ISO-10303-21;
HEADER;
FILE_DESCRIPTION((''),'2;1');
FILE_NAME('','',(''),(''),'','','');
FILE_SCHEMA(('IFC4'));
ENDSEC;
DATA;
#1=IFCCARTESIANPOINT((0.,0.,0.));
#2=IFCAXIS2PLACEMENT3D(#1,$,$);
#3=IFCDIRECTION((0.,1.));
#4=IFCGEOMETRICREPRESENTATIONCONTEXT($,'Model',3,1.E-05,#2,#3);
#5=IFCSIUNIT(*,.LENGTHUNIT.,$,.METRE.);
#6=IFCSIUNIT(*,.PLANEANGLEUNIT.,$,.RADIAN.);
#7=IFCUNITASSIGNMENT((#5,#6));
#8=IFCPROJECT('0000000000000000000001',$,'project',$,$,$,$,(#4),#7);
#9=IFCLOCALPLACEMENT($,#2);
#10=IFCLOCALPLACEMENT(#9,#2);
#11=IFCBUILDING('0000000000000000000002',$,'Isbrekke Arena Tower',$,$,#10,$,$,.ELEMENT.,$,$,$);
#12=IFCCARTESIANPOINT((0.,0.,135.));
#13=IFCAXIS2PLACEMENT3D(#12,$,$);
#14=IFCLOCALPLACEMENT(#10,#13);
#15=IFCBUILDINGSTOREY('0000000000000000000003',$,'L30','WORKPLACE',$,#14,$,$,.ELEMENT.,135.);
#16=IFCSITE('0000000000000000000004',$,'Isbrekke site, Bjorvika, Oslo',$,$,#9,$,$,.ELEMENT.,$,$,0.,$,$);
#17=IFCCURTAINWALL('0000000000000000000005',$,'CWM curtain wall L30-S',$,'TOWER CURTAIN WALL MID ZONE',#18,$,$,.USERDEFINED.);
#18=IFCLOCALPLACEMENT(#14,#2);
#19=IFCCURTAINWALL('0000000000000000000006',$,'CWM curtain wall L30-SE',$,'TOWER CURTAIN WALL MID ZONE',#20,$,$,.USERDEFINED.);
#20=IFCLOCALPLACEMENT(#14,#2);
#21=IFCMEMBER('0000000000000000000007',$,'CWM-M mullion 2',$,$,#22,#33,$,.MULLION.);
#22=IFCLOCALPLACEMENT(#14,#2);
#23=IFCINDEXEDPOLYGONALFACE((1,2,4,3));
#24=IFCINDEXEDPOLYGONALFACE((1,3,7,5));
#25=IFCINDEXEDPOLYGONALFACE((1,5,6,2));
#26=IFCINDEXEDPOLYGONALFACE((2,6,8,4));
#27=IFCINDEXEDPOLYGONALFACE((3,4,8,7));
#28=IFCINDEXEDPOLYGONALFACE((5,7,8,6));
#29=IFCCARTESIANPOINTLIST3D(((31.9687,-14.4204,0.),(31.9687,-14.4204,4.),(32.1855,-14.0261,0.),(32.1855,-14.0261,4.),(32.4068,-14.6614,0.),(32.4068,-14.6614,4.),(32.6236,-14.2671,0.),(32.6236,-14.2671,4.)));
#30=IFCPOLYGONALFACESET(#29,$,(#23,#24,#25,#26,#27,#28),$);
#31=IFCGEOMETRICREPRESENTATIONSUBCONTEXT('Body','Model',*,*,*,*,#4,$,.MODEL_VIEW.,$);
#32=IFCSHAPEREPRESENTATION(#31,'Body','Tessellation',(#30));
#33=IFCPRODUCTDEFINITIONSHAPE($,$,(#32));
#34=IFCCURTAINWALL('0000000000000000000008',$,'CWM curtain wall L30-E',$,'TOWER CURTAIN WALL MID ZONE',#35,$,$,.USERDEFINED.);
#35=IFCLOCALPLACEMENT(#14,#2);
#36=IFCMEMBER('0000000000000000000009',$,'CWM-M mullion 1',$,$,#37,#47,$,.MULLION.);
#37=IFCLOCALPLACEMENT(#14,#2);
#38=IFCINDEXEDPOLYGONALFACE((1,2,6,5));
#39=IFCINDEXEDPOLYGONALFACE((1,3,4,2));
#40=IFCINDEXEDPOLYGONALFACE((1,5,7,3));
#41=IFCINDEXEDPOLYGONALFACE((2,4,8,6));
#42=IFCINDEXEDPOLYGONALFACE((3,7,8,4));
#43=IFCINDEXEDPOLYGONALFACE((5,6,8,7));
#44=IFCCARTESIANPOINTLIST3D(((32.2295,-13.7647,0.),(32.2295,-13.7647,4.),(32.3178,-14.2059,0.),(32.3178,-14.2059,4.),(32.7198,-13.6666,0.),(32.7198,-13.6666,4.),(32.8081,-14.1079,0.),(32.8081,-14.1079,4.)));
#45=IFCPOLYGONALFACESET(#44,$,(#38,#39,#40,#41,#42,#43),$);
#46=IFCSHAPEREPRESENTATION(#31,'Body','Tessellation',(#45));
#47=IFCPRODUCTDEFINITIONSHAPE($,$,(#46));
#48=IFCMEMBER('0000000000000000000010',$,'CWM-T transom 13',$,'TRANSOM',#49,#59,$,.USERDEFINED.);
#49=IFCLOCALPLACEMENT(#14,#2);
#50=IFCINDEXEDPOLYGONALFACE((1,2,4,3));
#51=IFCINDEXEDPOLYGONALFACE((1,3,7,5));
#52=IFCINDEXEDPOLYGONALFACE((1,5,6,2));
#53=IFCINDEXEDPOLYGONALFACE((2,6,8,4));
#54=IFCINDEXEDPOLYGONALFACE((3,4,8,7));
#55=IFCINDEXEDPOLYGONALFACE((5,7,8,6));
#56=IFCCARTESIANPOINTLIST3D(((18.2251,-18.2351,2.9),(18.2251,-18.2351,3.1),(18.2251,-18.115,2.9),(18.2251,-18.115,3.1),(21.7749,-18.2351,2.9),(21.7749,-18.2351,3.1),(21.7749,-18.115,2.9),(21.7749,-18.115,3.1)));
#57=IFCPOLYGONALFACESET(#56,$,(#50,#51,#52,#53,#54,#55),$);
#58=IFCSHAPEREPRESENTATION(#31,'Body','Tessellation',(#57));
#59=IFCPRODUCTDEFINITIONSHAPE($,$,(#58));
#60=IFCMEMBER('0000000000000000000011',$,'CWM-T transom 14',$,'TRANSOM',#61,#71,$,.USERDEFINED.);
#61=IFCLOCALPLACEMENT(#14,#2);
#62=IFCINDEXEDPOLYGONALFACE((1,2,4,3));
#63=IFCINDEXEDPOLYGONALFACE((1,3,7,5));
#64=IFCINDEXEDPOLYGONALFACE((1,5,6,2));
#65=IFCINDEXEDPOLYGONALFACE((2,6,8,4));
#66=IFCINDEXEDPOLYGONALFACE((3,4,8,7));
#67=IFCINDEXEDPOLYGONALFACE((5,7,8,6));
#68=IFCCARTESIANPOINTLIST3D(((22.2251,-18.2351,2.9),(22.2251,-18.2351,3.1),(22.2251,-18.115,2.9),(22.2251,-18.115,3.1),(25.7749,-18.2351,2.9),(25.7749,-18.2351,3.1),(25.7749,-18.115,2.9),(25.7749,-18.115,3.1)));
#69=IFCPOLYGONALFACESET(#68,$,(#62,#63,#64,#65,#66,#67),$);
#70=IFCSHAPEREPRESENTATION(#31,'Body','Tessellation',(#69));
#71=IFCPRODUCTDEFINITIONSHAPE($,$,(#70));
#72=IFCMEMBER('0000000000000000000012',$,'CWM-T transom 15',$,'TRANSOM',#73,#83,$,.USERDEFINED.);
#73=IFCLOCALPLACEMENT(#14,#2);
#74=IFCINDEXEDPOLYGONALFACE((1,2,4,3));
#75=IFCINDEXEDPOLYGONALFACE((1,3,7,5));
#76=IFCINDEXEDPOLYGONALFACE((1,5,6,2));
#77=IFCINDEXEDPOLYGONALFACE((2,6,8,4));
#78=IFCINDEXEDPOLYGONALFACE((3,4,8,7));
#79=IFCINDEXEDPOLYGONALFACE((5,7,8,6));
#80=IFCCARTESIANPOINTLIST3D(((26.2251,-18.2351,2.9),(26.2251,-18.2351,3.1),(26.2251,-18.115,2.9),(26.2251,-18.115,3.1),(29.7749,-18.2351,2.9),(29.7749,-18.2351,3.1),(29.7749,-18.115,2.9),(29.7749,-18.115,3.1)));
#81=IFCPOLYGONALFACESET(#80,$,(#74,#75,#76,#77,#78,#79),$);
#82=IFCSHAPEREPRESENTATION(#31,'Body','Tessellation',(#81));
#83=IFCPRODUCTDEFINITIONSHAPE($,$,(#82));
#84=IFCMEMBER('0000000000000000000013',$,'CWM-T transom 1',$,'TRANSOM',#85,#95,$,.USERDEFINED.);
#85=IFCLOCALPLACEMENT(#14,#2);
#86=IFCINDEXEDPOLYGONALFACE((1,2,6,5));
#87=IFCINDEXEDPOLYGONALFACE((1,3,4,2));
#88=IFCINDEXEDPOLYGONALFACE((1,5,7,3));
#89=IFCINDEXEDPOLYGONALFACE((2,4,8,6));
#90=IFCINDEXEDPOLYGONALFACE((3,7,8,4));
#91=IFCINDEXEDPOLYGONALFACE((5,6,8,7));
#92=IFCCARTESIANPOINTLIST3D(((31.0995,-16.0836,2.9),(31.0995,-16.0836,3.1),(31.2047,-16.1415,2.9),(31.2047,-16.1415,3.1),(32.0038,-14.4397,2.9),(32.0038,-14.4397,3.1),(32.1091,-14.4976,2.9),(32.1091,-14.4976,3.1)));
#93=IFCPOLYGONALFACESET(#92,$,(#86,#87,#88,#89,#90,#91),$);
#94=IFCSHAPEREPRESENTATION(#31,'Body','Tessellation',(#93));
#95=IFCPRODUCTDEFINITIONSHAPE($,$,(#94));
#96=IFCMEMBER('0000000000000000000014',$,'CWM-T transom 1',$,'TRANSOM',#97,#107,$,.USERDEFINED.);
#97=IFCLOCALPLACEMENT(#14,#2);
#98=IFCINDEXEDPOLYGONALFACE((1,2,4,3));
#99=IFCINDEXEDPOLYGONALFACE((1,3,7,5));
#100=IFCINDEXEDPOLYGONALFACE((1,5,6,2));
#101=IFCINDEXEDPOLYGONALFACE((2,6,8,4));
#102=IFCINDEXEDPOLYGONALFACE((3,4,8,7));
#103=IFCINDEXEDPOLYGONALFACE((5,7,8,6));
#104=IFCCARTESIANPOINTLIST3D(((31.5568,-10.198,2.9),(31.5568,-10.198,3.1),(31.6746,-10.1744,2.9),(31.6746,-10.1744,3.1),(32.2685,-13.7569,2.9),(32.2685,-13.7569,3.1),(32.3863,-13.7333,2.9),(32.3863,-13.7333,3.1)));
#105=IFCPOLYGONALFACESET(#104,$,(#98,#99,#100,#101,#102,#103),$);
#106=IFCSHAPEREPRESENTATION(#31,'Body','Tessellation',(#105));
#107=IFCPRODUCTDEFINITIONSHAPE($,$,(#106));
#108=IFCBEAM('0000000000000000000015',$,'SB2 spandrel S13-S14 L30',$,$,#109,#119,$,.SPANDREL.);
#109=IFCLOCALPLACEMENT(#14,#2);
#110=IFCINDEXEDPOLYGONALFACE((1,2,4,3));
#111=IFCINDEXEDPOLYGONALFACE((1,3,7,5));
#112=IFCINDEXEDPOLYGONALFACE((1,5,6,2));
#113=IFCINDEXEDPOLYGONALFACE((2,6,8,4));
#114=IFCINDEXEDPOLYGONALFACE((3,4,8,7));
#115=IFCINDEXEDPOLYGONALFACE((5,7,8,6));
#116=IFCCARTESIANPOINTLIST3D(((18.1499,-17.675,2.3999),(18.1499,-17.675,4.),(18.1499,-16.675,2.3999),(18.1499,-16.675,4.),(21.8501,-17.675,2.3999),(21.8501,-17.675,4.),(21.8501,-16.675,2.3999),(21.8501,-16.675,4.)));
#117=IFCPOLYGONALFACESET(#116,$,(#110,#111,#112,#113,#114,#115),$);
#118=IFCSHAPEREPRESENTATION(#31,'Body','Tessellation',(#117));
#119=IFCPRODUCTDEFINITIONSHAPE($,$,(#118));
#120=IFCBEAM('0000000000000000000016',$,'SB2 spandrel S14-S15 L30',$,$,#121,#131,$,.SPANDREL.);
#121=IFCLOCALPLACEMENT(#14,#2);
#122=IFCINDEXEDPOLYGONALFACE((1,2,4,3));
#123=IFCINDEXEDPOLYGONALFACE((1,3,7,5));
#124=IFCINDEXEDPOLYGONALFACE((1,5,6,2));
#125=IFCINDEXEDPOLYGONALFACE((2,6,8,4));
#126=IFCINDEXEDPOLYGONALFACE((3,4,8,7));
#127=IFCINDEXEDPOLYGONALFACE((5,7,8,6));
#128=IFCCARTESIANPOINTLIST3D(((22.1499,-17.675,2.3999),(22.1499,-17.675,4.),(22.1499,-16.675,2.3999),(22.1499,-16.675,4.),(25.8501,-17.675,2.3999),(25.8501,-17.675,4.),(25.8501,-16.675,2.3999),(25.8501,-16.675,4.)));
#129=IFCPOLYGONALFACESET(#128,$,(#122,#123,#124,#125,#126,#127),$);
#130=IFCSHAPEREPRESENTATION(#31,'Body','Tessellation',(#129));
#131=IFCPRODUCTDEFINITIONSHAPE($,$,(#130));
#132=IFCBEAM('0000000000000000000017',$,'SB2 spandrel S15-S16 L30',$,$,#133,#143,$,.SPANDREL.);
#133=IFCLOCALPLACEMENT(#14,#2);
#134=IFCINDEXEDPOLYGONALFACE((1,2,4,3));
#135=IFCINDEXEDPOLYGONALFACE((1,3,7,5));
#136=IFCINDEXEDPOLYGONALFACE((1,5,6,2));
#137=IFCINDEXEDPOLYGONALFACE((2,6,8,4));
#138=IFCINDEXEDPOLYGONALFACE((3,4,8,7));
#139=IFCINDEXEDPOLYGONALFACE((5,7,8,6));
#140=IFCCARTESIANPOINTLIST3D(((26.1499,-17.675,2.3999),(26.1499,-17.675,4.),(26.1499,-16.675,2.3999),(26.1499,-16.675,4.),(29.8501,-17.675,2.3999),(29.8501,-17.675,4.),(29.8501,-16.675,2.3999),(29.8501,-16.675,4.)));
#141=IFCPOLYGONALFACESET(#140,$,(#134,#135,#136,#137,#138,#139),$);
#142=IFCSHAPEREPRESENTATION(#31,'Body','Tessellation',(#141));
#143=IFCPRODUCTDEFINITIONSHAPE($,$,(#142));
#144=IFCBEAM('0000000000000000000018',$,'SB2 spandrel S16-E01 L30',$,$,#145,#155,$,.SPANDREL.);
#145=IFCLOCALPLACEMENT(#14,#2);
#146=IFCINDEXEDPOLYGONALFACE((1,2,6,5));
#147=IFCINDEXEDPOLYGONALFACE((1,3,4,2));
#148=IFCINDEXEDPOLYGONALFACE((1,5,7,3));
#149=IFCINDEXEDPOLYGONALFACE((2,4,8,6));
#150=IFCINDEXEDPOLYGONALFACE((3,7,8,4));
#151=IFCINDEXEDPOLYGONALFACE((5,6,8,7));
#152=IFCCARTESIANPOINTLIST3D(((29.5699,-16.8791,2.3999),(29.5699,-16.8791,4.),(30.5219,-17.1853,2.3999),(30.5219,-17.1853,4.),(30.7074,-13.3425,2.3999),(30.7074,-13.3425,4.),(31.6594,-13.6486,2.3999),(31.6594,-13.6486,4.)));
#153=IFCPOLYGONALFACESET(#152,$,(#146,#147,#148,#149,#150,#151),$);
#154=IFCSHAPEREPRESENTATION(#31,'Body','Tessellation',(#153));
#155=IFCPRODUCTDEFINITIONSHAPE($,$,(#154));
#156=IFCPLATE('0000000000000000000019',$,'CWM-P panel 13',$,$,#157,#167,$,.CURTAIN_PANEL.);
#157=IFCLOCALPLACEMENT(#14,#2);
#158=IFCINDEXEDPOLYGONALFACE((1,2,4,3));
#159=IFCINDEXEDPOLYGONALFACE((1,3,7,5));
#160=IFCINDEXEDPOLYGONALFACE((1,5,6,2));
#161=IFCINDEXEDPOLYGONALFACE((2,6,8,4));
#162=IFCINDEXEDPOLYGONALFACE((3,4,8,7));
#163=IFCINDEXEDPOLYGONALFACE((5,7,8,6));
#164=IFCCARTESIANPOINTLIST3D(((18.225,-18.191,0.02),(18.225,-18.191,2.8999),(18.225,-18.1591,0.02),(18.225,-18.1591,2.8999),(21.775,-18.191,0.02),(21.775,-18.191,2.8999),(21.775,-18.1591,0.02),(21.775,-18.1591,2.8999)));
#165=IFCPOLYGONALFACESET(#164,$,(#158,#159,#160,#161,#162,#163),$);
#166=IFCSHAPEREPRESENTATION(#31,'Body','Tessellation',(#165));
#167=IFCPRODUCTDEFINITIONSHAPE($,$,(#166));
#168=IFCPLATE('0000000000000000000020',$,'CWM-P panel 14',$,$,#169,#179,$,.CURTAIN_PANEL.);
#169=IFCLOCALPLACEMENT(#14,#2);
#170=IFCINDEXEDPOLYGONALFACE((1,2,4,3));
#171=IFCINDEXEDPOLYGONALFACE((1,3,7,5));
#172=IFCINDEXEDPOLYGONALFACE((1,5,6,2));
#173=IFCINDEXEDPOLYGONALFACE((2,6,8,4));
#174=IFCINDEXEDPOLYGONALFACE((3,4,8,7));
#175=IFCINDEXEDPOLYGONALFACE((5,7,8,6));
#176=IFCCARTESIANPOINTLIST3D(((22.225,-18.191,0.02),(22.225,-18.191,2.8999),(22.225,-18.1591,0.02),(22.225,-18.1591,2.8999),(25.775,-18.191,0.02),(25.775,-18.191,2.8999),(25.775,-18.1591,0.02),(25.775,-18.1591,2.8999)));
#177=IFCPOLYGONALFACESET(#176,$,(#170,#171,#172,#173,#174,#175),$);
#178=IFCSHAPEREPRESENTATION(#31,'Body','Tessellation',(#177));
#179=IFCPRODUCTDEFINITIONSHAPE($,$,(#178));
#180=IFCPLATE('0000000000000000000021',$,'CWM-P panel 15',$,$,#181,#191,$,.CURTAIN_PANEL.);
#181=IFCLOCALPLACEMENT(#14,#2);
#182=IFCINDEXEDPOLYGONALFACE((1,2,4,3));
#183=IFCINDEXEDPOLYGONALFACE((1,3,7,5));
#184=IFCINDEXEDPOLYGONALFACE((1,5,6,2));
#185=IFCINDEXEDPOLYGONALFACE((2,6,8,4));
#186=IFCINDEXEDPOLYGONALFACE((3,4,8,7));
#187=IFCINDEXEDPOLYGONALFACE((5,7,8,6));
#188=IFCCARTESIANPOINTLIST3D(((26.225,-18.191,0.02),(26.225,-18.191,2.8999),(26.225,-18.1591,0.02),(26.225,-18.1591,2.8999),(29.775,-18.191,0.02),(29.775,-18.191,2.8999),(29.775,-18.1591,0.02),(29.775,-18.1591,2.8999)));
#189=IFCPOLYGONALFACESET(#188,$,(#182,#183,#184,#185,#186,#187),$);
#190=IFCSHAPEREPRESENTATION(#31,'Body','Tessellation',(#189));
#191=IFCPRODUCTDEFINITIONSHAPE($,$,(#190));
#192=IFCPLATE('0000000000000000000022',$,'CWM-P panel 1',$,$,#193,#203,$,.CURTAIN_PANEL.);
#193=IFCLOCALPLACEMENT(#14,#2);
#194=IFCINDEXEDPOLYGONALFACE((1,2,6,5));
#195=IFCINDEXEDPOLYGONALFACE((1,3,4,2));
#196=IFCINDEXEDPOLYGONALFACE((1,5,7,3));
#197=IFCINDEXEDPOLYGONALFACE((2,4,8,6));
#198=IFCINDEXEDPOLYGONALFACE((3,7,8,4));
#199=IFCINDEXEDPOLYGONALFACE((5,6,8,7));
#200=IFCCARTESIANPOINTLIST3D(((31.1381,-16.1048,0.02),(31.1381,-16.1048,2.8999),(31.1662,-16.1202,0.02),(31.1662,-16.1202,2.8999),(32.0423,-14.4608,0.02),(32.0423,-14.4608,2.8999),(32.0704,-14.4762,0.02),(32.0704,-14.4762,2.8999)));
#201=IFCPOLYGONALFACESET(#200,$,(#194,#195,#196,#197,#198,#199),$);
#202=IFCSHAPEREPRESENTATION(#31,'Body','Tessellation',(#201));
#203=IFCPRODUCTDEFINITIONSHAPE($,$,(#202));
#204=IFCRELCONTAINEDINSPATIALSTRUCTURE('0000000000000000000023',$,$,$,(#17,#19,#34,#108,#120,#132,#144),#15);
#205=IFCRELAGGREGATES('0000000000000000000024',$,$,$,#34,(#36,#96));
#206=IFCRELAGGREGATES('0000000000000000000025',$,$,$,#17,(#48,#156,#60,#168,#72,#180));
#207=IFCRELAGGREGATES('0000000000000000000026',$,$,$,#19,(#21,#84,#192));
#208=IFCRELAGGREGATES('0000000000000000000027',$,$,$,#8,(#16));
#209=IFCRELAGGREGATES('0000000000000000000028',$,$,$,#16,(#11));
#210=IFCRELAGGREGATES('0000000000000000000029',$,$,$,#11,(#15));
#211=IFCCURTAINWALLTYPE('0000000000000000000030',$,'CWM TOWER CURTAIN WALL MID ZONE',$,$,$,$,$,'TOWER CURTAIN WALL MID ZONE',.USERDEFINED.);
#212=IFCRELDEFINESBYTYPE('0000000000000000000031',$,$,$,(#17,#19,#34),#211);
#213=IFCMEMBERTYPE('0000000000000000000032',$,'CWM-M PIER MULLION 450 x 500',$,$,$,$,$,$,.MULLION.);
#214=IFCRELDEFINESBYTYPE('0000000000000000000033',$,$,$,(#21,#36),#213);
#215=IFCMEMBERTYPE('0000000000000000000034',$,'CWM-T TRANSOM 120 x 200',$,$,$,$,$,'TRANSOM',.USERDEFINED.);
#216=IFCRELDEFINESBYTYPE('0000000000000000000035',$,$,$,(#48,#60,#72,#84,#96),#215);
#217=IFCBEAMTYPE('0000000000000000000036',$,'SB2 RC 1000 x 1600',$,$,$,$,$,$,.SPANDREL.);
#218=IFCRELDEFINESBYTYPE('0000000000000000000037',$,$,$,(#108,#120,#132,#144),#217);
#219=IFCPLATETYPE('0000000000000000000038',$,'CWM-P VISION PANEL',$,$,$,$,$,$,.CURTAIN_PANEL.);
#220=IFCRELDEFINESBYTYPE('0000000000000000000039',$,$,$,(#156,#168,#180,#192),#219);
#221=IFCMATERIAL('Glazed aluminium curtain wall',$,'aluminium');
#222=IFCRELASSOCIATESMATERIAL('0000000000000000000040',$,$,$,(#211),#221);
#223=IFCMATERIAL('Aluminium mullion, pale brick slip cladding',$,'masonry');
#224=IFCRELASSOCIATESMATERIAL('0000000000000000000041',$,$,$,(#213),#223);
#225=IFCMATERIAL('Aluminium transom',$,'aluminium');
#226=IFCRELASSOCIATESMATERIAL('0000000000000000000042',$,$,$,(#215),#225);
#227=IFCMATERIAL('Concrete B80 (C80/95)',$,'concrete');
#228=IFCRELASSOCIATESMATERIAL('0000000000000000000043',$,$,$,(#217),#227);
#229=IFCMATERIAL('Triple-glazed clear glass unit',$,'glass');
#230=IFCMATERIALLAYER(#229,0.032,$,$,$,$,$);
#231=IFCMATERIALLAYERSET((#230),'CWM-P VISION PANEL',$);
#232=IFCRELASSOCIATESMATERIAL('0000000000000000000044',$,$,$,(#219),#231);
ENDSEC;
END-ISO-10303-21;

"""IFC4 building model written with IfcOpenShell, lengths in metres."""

from ifc_helpers import new_model, si_unit, direction, frame, origin, origin_2d, place, context, subcontext, project, spatial, rectangle, extrude, material, layer, layer_set, material_profile, profile_set, type_object, element, aggregate, save


model = new_model("IFC4")

# Units and contexts
model_context = context("Model", 3, precision=1e-05, world=origin(), true_north=direction((0.0, 1.0)))
body_context = subcontext(model_context, "Body", "Model", "MODEL_VIEW")
ifc_project = project(units=[si_unit("LENGTHUNIT", "METRE"), si_unit("PLANEANGLEUNIT", "RADIAN")], contexts=[model_context])

# Site, building, storey
site_placement = place(None, origin())
site = spatial("IfcSite", under=ifc_project, at=site_placement, Name="Isbrekke site, Bjorvika, Oslo", CompositionType="ELEMENT", RefElevation=0.0)
building_placement = place(site_placement, origin())
building = spatial("IfcBuilding", under=site, at=building_placement, Name="Isbrekke Arena Tower", CompositionType="ELEMENT")
storey_placement = place(building_placement, frame((0.0, 0.0, 135.0)))
storey = spatial("IfcBuildingStorey", under=building, at=storey_placement, Name="L30", Description="WORKPLACE", CompositionType="ELEMENT", Elevation=135.0)

# Curtain walls, member
ifc_material_1 = material(Name="Glazed aluminium curtain wall", Category="aluminium")
curtain_wall_type = type_object("IfcCurtainWallType", Name="CWM TOWER CURTAIN WALL MID ZONE", ElementType="TOWER CURTAIN WALL MID ZONE", PredefinedType="USERDEFINED", material=ifc_material_1)
curtain_wall_1_placement = place(storey_placement, origin())
curtain_wall_1 = element("IfcCurtainWall", 1, at=curtain_wall_1_placement, inside=storey, type_object=curtain_wall_type, Name="CWM curtain wall L30-S", ObjectType="TOWER CURTAIN WALL MID ZONE", PredefinedType="USERDEFINED")
ifc_material_2 = material(Name="Aluminium mullion, pale brick slip cladding", Category="masonry")
ifc_material_profile_1 = material_profile(ifc_material_2, rectangle(XDim=0.45, YDim=0.5, at=origin_2d()), Name="PIER 450X500")
ifc_profile_set_1 = profile_set([ifc_material_profile_1], Name="Aluminium mullion, pale brick slip cladding")
member_type_1 = type_object("IfcMemberType", Name="CWM-M PIER MULLION 450 x 500", PredefinedType="MULLION", material=ifc_profile_set_1)
curtain_wall_2_placement = place(storey_placement, origin())
curtain_wall_2 = element("IfcCurtainWall", 2, at=curtain_wall_2_placement, inside=storey, type_object=curtain_wall_type, Name="CWM curtain wall L30-SE", ObjectType="TOWER CURTAIN WALL MID ZONE", PredefinedType="USERDEFINED")
member_1_placement = place(storey_placement, frame((32.2961, -14.3438, 0.0), z_axis=(0.0, 0.0, 1.0), x_axis=(0.481919, 0.876216, 0.0)))
member_1 = element("IfcMember", 3, at=member_1_placement, type_object=member_type_1, Name="CWM-M mullion 2", PredefinedType="MULLION", context=body_context, shape_type="SweptSolid", body=[
    extrude(rectangle(XDim=0.45, YDim=0.5, at=origin_2d()), origin(), (0.0, 0.0, 1.0), 4.0),
])

# Curtain wall, member
curtain_wall_3_placement = place(storey_placement, origin())
curtain_wall_3 = element("IfcCurtainWall", 4, at=curtain_wall_3_placement, inside=storey, type_object=curtain_wall_type, Name="CWM curtain wall L30-E", ObjectType="TOWER CURTAIN WALL MID ZONE", PredefinedType="USERDEFINED")
member_2_placement = place(storey_placement, frame((32.5188, -13.9363, 0.0), z_axis=(0.0, 0.0, 1.0), x_axis=(-0.196116, 0.980581, 0.0)))
member_2 = element("IfcMember", 5, at=member_2_placement, type_object=member_type_1, Name="CWM-M mullion 1", PredefinedType="MULLION", context=body_context, shape_type="SweptSolid", body=[
    extrude(rectangle(XDim=0.45, YDim=0.5, at=origin_2d()), origin(), (0.0, 0.0, 1.0), 4.0),
])

# Members
ifc_material_3 = material(Name="Aluminium transom", Category="aluminium")
ifc_material_profile_2 = material_profile(ifc_material_3, rectangle(XDim=0.1201, YDim=0.2, at=origin_2d()), Name="TRANSOM 120X200")
ifc_profile_set_2 = profile_set([ifc_material_profile_2], Name="Aluminium transom")
member_type_2 = type_object("IfcMemberType", Name="CWM-T TRANSOM 120 x 200", ElementType="TRANSOM", PredefinedType="USERDEFINED", material=ifc_profile_set_2)
member_3_placement = place(storey_placement, frame((18.2251, -18.175, 3.0), z_axis=(1.0, 0.0, 0.0), x_axis=(0.0, 1.0, 0.0)))
member_3 = element("IfcMember", 6, at=member_3_placement, type_object=member_type_2, Name="CWM-T transom 13", ObjectType="TRANSOM", PredefinedType="USERDEFINED", context=body_context, shape_type="SweptSolid", body=[
    extrude(rectangle(XDim=0.1201, YDim=0.2, at=origin_2d()), origin(), (0.0, 0.0, 1.0), 3.5498),
])
member_4_placement = place(storey_placement, frame((22.2251, -18.175, 3.0), z_axis=(1.0, 0.0, 0.0), x_axis=(0.0, 1.0, 0.0)))
member_4 = element("IfcMember", 7, at=member_4_placement, type_object=member_type_2, Name="CWM-T transom 14", ObjectType="TRANSOM", PredefinedType="USERDEFINED", context=body_context, shape_type="SweptSolid", body=[
    extrude(rectangle(XDim=0.1201, YDim=0.2, at=origin_2d()), origin(), (0.0, 0.0, 1.0), 3.5498),
])
member_5_placement = place(storey_placement, frame((26.2251, -18.175, 3.0), z_axis=(1.0, 0.0, 0.0), x_axis=(0.0, 1.0, 0.0)))
member_5 = element("IfcMember", 8, at=member_5_placement, type_object=member_type_2, Name="CWM-T transom 15", ObjectType="TRANSOM", PredefinedType="USERDEFINED", context=body_context, shape_type="SweptSolid", body=[
    extrude(rectangle(XDim=0.1201, YDim=0.2, at=origin_2d()), origin(), (0.0, 0.0, 1.0), 3.5498),
])
member_6_placement = place(storey_placement, frame((31.1521, -16.1125, 3.0), z_axis=(0.482004, 0.876169, 0.0), x_axis=(-0.876169, 0.482004, 0.0)))
member_6 = element("IfcMember", 9, at=member_6_placement, type_object=member_type_2, Name="CWM-T transom 1", ObjectType="TRANSOM", PredefinedType="USERDEFINED", context=body_context, shape_type="SweptSolid", body=[
    extrude(rectangle(XDim=0.1201, YDim=0.2, at=origin_2d()), origin(), (0.0, 0.0, 1.0), 1.8762),
])
member_7_placement = place(storey_placement, frame((32.3274, -13.7451, 3.0), z_axis=(-0.19609, 0.980586, 0.0), x_axis=(-0.980586, -0.19609, 0.0)))
member_7 = element("IfcMember", 10, at=member_7_placement, type_object=member_type_2, Name="CWM-T transom 1", ObjectType="TRANSOM", PredefinedType="USERDEFINED", context=body_context, shape_type="SweptSolid", body=[
    extrude(rectangle(XDim=0.1201, YDim=0.2, at=origin_2d()), origin(), (0.0, 0.0, 1.0), 3.6294),
])
aggregate(curtain_wall_3, [member_2, member_7])

# Beams
ifc_material_4 = material(Name="Concrete B80 (C80/95)", Category="concrete")
ifc_material_profile_3 = material_profile(ifc_material_4, rectangle(XDim=1.0, YDim=1.6001, at=origin_2d()), Name="RC 1000x1600")
ifc_profile_set_3 = profile_set([ifc_material_profile_3], Name="Concrete B80 (C80/95)")
beam_type_1 = type_object("IfcBeamType", Name="SB2 RC 1000 x 1600", PredefinedType="SPANDREL", material=ifc_profile_set_3)
for number, where, z_axis, x_axis, name in (
    (11, (18.1499, -17.175, 3.2), (1.0, 0.0, 0.0), (0.0, 1.0, 0.0), "SB2 spandrel S13-S14 L30"),
    (12, (22.1499, -17.175, 3.2), (1.0, 0.0, 0.0), (0.0, 1.0, 0.0), "SB2 spandrel S14-S15 L30"),
    (13, (26.1499, -17.175, 3.2), (1.0, 0.0, 0.0), (0.0, 1.0, 0.0), "SB2 spandrel S15-S16 L30"),
):
    element("IfcBeam", number, at=place(storey_placement, frame(where, z_axis=z_axis, x_axis=x_axis)), inside=storey, type_object=beam_type_1, Name=name, PredefinedType="SPANDREL", context=body_context, shape_type="SweptSolid", body=[
        extrude(rectangle(XDim=1.0, YDim=1.6001, at=origin_2d()), origin(), (0.0, 0.0, 1.0), 3.7002),
    ])
beam_placement = place(storey_placement, frame((30.0459, -17.0322, 3.2), z_axis=(0.306175, 0.951975, 0.0), x_axis=(-0.951975, 0.306175, 0.0)))
element("IfcBeam", 14, at=beam_placement, inside=storey, type_object=beam_type_1, Name="SB2 spandrel S16-E01 L30", PredefinedType="SPANDREL", context=body_context, shape_type="SweptSolid", body=[
    extrude(rectangle(XDim=1.0, YDim=1.6001, at=origin_2d()), origin(), (0.0, 0.0, 1.0), 3.7151),
])

# Plates
ifc_material_5 = material(Name="Triple-glazed clear glass unit", Category="glass")
ifc_layer = layer(ifc_material_5, 0.032)
ifc_layer_set = layer_set([ifc_layer], Name="CWM-P VISION PANEL")
plate_type = type_object("IfcPlateType", Name="CWM-P VISION PANEL", PredefinedType="CURTAIN_PANEL", material=ifc_layer_set)
plate_1_placement = place(storey_placement, frame((20.0, -18.175, 0.02), z_axis=(0.0, 0.0, 1.0), x_axis=(1.0, 0.0, 0.0)))
plate_1 = element("IfcPlate", 15, at=plate_1_placement, type_object=plate_type, Name="CWM-P panel 13", PredefinedType="CURTAIN_PANEL", context=body_context, shape_type="SweptSolid", body=[
    extrude(rectangle(XDim=3.55, YDim=0.032, at=origin_2d()), origin(), (0.0, 0.0, 1.0), 2.8799),
])
plate_2_placement = place(storey_placement, frame((24.0, -18.175, 0.02), z_axis=(0.0, 0.0, 1.0), x_axis=(1.0, 0.0, 0.0)))
plate_2 = element("IfcPlate", 16, at=plate_2_placement, type_object=plate_type, Name="CWM-P panel 14", PredefinedType="CURTAIN_PANEL", context=body_context, shape_type="SweptSolid", body=[
    extrude(rectangle(XDim=3.55, YDim=0.032, at=origin_2d()), origin(), (0.0, 0.0, 1.0), 2.8799),
])
plate_3_placement = place(storey_placement, frame((28.0, -18.175, 0.02), z_axis=(0.0, 0.0, 1.0), x_axis=(1.0, 0.0, 0.0)))
plate_3 = element("IfcPlate", 17, at=plate_3_placement, type_object=plate_type, Name="CWM-P panel 15", PredefinedType="CURTAIN_PANEL", context=body_context, shape_type="SweptSolid", body=[
    extrude(rectangle(XDim=3.55, YDim=0.032, at=origin_2d()), origin(), (0.0, 0.0, 1.0), 2.8799),
])
aggregate(curtain_wall_1, [member_3, plate_1, member_4, plate_2, member_5, plate_3])
plate_4_placement = place(storey_placement, frame((31.6042, -15.2905, 0.02), z_axis=(0.0, 0.0, 1.0), x_axis=(0.481919, 0.876216, 0.0)))
plate_4 = element("IfcPlate", 18, at=plate_4_placement, type_object=plate_type, Name="CWM-P panel 1", PredefinedType="CURTAIN_PANEL", context=body_context, shape_type="SweptSolid", body=[
    extrude(rectangle(XDim=1.8762, YDim=0.032, at=origin_2d()), origin(), (0.0, 0.0, 1.0), 2.8799),
])
aggregate(curtain_wall_2, [member_1, member_6, plate_4])

save(model, "model.ifc")
